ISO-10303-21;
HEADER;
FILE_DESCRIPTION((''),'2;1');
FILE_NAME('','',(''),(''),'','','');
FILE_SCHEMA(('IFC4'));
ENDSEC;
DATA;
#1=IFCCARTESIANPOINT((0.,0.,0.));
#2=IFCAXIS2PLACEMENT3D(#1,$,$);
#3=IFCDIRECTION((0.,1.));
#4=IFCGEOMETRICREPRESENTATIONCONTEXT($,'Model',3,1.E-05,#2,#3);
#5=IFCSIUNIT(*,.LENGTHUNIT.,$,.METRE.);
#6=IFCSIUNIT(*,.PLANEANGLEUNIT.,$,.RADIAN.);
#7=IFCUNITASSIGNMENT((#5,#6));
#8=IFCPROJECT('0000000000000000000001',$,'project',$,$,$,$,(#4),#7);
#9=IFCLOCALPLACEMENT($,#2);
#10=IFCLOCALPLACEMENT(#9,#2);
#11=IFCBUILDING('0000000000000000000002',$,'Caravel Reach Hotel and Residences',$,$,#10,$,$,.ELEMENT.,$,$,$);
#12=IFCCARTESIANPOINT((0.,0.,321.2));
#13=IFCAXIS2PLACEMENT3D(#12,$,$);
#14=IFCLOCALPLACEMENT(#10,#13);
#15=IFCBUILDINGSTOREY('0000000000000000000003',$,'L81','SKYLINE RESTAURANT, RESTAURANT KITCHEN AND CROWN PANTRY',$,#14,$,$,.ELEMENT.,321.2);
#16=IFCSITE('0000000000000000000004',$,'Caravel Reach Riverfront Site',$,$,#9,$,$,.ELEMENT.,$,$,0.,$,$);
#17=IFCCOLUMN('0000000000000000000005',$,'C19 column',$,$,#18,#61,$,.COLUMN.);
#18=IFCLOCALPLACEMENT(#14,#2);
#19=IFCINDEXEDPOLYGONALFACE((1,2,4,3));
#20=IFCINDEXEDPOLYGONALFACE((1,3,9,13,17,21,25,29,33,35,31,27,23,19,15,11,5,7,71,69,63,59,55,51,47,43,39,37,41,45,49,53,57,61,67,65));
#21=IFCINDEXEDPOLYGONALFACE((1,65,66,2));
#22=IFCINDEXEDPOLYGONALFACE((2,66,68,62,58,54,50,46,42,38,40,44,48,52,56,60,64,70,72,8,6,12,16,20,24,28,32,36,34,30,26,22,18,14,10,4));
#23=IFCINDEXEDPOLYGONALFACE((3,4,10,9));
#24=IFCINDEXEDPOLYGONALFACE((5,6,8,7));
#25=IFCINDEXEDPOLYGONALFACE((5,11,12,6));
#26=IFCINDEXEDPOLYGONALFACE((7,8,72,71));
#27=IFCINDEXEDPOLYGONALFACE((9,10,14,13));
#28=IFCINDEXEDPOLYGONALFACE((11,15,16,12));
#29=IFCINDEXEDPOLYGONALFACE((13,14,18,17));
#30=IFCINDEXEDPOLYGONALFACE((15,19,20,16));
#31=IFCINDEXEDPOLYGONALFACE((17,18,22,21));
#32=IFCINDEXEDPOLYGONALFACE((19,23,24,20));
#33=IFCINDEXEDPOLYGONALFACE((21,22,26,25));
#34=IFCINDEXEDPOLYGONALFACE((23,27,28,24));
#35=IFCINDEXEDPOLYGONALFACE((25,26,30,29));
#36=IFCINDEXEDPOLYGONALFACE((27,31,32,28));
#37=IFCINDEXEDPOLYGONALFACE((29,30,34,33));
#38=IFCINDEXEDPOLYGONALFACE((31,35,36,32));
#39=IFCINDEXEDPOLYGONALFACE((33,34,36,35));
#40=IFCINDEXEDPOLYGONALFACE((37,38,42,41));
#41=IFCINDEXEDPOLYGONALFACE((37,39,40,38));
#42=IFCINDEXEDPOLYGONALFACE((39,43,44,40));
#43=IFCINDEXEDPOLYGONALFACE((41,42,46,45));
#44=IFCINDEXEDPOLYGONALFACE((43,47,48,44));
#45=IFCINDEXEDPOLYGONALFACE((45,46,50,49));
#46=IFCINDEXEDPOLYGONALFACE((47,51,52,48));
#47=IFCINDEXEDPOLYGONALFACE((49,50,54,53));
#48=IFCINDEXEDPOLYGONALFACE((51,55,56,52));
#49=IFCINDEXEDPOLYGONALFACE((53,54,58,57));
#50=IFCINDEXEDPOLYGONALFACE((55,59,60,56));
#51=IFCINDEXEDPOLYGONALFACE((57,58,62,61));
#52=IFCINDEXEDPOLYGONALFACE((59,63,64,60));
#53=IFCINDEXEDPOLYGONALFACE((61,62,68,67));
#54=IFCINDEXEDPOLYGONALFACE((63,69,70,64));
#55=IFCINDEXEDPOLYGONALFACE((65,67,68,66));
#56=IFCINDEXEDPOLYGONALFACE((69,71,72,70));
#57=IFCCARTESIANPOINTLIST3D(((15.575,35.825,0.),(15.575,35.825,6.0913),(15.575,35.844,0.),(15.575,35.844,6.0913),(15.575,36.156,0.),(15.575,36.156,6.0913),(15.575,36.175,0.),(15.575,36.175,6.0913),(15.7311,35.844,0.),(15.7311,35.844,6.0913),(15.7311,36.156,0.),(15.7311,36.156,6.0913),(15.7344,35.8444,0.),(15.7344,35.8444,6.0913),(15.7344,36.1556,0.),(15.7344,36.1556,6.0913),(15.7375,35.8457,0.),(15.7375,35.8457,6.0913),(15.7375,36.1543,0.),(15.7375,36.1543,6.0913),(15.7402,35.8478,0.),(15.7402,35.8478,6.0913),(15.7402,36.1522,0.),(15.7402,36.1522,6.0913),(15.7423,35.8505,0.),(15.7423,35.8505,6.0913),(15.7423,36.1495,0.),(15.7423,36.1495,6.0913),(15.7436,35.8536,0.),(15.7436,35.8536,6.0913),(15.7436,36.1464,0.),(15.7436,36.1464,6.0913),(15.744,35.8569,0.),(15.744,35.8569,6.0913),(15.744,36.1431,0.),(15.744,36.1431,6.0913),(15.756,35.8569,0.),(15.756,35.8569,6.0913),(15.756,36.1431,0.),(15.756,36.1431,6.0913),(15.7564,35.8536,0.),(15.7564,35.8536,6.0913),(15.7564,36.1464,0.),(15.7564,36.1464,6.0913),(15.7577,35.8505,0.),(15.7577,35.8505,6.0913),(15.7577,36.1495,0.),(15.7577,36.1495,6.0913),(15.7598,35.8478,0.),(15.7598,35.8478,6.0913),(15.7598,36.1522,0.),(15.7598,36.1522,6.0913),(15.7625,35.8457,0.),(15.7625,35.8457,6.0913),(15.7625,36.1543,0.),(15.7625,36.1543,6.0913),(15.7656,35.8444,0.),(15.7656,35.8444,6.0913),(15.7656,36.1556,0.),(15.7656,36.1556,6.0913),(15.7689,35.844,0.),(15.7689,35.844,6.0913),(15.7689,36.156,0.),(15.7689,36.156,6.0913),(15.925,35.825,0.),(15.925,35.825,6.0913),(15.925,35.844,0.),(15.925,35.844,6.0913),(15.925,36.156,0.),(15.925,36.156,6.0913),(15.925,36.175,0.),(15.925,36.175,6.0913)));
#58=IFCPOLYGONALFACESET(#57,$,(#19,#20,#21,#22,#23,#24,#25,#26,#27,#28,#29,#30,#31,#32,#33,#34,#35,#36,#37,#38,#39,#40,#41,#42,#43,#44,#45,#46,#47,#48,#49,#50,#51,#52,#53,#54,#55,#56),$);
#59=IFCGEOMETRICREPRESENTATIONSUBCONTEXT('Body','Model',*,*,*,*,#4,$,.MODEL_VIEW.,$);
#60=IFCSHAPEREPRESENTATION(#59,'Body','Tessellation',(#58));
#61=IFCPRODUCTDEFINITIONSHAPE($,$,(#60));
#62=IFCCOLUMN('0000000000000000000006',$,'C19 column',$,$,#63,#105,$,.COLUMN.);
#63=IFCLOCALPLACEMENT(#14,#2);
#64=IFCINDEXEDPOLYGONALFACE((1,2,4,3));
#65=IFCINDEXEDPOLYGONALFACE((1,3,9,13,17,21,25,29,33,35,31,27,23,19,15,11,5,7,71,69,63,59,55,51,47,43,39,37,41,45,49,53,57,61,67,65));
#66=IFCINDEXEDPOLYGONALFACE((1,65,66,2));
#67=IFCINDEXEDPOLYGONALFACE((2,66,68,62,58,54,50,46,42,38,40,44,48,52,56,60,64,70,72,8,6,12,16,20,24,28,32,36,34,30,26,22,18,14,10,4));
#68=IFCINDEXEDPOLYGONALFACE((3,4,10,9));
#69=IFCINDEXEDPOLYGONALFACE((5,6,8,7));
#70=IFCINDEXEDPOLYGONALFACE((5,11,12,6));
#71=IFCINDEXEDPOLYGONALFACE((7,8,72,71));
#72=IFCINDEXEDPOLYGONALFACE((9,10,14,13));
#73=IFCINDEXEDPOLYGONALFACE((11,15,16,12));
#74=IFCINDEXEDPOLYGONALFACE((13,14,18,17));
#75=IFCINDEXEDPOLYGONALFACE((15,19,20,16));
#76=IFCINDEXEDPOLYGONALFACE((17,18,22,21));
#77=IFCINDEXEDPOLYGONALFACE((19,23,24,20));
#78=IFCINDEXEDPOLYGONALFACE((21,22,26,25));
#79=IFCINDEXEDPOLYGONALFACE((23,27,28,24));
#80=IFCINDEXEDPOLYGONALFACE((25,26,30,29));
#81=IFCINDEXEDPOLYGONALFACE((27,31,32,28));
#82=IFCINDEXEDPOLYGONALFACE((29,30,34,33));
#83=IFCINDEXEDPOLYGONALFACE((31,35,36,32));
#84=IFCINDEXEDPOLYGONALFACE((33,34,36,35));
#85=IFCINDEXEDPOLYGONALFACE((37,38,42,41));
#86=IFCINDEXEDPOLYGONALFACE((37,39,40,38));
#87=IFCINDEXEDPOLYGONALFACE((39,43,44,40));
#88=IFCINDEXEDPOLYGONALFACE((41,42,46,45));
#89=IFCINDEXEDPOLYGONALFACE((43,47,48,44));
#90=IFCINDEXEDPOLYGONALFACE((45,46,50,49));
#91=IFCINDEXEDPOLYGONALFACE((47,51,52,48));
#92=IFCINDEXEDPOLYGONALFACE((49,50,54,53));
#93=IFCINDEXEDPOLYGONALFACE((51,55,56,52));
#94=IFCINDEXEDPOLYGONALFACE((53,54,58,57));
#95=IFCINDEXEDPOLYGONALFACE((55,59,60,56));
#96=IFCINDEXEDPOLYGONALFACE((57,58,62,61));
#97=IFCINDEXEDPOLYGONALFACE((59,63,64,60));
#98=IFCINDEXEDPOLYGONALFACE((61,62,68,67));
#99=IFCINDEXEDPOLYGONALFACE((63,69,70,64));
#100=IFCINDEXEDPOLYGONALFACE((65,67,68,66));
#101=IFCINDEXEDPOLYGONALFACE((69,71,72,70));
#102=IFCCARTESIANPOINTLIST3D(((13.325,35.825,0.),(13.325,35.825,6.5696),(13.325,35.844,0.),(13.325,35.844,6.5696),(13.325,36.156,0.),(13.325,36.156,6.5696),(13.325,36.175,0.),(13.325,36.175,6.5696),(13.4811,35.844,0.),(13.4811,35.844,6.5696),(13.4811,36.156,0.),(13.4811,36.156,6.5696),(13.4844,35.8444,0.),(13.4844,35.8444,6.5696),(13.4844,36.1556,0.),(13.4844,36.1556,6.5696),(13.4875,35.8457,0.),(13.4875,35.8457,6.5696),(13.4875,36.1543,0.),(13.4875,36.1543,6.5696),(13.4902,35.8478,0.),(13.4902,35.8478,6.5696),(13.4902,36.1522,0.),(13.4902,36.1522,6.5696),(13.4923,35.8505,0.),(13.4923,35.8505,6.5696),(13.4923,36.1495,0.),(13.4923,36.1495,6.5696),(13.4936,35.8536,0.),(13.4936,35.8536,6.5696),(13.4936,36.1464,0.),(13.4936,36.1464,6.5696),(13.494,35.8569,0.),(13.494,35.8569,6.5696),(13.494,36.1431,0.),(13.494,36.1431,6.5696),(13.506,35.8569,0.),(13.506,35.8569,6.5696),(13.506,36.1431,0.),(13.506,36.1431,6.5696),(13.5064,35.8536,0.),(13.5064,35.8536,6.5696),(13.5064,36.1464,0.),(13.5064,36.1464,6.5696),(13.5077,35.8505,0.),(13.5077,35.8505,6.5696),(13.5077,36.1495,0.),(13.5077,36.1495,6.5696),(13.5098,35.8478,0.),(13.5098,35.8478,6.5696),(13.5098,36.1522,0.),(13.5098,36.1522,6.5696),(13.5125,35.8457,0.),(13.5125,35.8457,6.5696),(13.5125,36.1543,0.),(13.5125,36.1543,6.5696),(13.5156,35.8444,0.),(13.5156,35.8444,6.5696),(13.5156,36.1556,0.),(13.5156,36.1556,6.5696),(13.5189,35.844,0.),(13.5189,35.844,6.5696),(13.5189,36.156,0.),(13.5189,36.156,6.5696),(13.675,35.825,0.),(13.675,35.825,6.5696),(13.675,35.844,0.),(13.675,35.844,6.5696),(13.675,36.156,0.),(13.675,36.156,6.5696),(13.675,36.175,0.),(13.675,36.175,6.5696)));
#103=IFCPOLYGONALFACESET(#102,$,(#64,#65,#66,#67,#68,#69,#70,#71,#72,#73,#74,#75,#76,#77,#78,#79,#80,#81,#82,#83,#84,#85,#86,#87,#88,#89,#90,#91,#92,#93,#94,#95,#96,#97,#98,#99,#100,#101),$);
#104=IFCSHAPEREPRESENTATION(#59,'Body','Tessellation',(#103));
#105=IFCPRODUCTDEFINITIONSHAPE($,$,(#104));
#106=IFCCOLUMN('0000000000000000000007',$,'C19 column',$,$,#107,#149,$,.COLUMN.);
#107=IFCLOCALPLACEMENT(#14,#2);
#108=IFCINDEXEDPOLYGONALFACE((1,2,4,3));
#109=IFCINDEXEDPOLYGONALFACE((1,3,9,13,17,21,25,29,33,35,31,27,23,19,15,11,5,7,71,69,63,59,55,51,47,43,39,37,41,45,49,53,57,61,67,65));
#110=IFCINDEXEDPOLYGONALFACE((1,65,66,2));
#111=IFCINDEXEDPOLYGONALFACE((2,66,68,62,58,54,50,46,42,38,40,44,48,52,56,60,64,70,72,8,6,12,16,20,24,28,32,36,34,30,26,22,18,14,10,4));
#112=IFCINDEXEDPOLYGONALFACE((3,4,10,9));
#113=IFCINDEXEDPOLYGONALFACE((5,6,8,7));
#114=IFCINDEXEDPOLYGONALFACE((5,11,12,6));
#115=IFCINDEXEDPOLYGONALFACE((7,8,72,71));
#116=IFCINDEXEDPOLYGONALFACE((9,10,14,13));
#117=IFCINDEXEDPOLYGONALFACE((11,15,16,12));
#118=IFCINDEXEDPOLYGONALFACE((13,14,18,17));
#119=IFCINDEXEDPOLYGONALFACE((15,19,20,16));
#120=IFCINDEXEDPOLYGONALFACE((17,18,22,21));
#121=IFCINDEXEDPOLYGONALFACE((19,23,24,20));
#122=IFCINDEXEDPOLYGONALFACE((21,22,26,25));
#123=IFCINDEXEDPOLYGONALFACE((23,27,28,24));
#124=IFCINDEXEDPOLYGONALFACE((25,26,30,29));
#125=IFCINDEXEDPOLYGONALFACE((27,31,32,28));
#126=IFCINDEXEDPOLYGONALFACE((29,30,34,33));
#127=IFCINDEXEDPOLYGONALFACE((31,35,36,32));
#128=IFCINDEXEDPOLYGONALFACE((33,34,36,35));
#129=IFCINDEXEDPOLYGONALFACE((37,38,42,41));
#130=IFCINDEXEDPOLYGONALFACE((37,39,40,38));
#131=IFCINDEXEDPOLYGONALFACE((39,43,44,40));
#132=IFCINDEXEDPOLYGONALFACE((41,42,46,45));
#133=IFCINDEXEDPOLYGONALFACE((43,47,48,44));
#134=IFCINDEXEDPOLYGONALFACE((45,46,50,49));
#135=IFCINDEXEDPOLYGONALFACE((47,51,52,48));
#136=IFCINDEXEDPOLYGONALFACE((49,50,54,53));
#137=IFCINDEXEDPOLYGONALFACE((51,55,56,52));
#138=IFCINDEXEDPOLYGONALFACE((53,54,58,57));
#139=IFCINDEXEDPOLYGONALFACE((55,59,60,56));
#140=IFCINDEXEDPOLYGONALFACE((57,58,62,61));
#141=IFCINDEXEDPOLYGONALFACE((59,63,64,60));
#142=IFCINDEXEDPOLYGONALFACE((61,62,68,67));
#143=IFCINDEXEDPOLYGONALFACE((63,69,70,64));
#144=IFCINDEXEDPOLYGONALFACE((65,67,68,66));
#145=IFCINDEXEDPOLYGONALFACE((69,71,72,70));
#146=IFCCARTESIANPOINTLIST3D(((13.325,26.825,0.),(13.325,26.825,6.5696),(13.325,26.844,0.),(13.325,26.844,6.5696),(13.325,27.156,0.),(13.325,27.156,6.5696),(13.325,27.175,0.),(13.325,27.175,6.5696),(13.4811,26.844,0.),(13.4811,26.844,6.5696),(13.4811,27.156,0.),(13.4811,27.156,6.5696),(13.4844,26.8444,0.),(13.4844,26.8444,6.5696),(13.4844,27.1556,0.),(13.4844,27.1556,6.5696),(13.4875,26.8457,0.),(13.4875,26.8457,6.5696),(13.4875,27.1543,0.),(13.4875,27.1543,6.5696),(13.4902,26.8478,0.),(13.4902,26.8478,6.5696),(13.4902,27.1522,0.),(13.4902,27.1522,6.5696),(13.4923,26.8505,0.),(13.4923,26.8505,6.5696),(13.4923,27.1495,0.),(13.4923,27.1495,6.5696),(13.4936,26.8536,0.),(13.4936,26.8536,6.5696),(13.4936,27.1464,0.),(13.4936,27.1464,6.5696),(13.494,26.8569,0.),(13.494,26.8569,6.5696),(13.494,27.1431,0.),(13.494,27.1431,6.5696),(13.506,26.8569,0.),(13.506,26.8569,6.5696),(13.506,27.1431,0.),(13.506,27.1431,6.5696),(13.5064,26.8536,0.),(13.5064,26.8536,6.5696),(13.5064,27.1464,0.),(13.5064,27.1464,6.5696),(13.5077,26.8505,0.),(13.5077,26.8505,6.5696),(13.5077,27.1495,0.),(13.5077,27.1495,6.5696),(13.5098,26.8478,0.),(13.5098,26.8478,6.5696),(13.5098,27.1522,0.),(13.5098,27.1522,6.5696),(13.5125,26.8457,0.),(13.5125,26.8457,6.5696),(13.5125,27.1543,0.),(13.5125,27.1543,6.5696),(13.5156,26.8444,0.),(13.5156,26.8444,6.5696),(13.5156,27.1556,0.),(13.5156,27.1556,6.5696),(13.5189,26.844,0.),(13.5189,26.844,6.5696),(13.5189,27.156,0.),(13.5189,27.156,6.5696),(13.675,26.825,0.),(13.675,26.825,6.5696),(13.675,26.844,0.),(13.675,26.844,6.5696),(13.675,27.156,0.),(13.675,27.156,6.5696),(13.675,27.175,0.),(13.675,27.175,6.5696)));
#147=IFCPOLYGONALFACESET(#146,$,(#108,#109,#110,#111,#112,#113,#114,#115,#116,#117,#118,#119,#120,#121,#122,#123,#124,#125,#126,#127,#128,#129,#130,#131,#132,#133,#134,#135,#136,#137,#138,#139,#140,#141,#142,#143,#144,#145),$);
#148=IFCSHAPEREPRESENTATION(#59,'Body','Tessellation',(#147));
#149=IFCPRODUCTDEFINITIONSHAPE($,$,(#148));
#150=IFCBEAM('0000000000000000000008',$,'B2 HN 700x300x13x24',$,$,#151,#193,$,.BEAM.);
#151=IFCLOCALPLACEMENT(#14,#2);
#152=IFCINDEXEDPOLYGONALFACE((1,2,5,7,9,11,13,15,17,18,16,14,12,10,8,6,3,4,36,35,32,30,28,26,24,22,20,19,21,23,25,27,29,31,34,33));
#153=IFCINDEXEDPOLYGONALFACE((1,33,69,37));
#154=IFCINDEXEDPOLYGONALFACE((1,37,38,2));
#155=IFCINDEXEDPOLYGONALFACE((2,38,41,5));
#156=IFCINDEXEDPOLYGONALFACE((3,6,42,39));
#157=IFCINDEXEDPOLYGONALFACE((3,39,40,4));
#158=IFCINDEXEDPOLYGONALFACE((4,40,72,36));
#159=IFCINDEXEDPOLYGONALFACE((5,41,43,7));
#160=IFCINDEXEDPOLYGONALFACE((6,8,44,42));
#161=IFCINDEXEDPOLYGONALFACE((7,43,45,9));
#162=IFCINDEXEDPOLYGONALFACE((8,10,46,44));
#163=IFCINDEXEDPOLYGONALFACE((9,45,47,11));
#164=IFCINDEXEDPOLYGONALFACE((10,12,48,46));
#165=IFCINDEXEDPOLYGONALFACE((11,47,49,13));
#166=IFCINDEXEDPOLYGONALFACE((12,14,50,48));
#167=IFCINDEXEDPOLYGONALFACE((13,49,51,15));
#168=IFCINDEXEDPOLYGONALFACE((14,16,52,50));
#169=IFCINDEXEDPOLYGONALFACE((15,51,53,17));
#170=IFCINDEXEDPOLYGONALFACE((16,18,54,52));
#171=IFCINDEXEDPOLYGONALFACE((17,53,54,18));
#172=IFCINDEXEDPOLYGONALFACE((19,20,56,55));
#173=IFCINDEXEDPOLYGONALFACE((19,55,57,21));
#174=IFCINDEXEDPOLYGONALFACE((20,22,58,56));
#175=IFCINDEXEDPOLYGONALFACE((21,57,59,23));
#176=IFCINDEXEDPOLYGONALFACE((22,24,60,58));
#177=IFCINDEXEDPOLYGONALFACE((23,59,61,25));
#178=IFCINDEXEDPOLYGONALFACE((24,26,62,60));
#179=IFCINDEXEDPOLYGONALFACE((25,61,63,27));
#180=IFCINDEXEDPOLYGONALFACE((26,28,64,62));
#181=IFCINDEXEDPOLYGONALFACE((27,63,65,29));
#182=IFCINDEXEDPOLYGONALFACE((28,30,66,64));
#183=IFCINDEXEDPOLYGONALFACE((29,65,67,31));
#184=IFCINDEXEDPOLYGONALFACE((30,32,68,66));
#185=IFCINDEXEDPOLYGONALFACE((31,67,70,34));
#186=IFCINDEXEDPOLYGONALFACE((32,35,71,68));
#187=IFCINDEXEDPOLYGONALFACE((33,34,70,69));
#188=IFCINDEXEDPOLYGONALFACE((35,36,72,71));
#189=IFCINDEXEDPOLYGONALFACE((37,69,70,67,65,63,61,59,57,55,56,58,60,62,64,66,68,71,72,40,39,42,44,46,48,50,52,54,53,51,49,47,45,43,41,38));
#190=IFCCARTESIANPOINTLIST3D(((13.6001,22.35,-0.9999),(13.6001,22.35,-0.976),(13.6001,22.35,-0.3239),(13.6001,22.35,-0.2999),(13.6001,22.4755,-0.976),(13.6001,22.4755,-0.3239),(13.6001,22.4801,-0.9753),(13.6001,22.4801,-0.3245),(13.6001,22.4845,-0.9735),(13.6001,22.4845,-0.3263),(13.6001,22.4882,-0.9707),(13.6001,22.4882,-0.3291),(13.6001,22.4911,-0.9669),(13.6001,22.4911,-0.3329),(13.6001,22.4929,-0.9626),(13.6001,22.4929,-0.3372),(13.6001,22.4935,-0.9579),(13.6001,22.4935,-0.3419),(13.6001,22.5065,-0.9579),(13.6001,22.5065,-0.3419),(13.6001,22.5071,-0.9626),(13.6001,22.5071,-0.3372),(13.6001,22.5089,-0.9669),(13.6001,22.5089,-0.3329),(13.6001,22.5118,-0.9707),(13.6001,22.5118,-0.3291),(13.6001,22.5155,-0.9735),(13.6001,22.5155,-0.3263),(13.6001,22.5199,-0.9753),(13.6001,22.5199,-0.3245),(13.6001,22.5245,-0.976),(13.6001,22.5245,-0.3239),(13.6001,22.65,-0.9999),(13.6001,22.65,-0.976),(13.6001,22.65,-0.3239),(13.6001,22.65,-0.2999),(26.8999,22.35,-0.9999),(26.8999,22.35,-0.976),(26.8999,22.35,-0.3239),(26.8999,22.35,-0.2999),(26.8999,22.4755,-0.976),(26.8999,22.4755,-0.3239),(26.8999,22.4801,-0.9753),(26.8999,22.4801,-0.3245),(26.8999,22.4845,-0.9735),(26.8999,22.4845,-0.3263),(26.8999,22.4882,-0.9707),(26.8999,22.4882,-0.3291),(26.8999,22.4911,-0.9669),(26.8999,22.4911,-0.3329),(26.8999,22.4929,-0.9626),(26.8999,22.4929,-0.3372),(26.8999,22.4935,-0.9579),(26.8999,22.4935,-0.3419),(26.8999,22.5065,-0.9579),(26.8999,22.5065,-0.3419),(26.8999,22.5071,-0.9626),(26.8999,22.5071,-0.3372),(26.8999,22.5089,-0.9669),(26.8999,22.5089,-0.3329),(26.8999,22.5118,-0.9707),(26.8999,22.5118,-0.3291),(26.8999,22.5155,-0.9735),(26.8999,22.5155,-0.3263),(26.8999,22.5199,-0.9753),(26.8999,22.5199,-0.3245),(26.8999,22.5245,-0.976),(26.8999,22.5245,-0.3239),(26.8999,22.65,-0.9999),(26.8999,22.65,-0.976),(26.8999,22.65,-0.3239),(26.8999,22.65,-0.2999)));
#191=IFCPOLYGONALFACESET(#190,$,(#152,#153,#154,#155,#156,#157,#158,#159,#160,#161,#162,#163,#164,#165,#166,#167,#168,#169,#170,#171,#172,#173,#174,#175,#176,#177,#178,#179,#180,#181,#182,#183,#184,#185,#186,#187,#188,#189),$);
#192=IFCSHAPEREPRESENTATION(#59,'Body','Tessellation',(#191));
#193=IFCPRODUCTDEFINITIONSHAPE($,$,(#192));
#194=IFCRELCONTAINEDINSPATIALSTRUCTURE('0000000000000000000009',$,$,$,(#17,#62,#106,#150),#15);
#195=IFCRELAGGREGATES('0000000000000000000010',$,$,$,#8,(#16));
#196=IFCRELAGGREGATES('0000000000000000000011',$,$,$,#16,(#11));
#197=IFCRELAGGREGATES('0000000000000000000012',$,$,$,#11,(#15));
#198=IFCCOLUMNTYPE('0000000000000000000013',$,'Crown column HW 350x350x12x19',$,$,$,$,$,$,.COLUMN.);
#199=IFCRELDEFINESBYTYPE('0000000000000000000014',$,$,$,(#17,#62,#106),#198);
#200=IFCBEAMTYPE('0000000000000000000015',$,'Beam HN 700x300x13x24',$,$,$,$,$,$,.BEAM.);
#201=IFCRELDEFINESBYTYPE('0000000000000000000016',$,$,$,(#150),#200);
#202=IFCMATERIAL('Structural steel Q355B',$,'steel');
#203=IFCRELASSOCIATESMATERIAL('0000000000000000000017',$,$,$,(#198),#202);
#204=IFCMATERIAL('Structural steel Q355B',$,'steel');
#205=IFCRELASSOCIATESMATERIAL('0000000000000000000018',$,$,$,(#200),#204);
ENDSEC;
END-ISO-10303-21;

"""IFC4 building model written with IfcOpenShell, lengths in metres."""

from ifc_helpers import new_model, si_unit, direction, frame, origin, origin_2d, place, context, subcontext, project, spatial, i_section, extrude, material, material_profile, profile_set, type_object, element, save


model = new_model("IFC4")

# Units and contexts
model_context = context("Model", 3, precision=1e-05, world=origin(), true_north=direction((0.0, 1.0)))
body_context = subcontext(model_context, "Body", "Model", "MODEL_VIEW")
ifc_project = project(units=[si_unit("LENGTHUNIT", "METRE"), si_unit("PLANEANGLEUNIT", "RADIAN")], contexts=[model_context])

# Site, building, storey
site_placement = place(None, origin())
site = spatial("IfcSite", under=ifc_project, at=site_placement, Name="Caravel Reach Riverfront Site", CompositionType="ELEMENT", RefElevation=0.0)
building_placement = place(site_placement, origin())
building = spatial("IfcBuilding", under=site, at=building_placement, Name="Caravel Reach Hotel and Residences", CompositionType="ELEMENT")
storey_placement = place(building_placement, frame((0.0, 0.0, 321.2)))
storey = spatial("IfcBuildingStorey", under=building, at=storey_placement, Name="L81", Description="SKYLINE RESTAURANT, RESTAURANT KITCHEN AND CROWN PANTRY", CompositionType="ELEMENT", Elevation=321.2)

# Columns
ifc_material_1 = material(Name="Structural steel Q355B", Category="steel")
ifc_material_profile_1 = material_profile(ifc_material_1, i_section(OverallWidth=0.3501, OverallDepth=0.3501, WebThickness=0.012, FlangeThickness=0.019, FilletRadius=0.0129, at=origin_2d()), Name="HW 350x350x12x19")
ifc_profile_set_1 = profile_set([ifc_material_profile_1], Name="Structural steel Q355B")
column_type = type_object("IfcColumnType", Name="Crown column HW 350x350x12x19", PredefinedType="COLUMN", material=ifc_profile_set_1)
column_placement = place(storey_placement, frame((15.75, 36.0, 0.0), z_axis=(0.0, 0.0, 1.0), x_axis=(1.0, 0.0, 0.0)))
element("IfcColumn", 1, at=column_placement, inside=storey, type_object=column_type, Name="C19 column", PredefinedType="COLUMN", context=body_context, shape_type="SweptSolid", body=[
    extrude(i_section(OverallWidth=0.3501, OverallDepth=0.3501, WebThickness=0.012, FlangeThickness=0.019, FilletRadius=0.0129, at=origin_2d()), origin(), (0.0, 0.0, 1.0), 6.0913),
])
for number, where, z_axis, x_axis, name in (
    (2, (13.5, 36.0, 0.0), (0.0, 0.0, 1.0), (1.0, 0.0, 0.0), "C19 column"),
    (3, (13.5, 27.0, 0.0), (0.0, 0.0, 1.0), (1.0, 0.0, 0.0), "C19 column"),
):
    element("IfcColumn", number, at=place(storey_placement, frame(where, z_axis=z_axis, x_axis=x_axis)), inside=storey, type_object=column_type, Name=name, PredefinedType="COLUMN", context=body_context, shape_type="SweptSolid", body=[
        extrude(i_section(OverallWidth=0.3501, OverallDepth=0.3501, WebThickness=0.012, FlangeThickness=0.019, FilletRadius=0.0129, at=origin_2d()), origin(), (0.0, 0.0, 1.0), 6.5696),
    ])

# Beam
ifc_material_2 = material(Name="Structural steel Q355B", Category="steel")
ifc_material_profile_2 = material_profile(ifc_material_2, i_section(OverallWidth=0.3, OverallDepth=0.7, WebThickness=0.0129, FlangeThickness=0.0239, FilletRadius=0.0181, at=origin_2d()), Name="HN 700x300x13x24")
ifc_profile_set_2 = profile_set([ifc_material_profile_2], Name="Structural steel Q355B")
beam_type_1 = type_object("IfcBeamType", Name="Beam HN 700x300x13x24", PredefinedType="BEAM", material=ifc_profile_set_2)
for number, where, z_axis, x_axis, name in (
    (4, (13.6001, 22.5, -0.6499), (1.0, 0.0, 0.0), (0.0, 1.0, 0.0), "B2 HN 700x300x13x24"),
):
    element("IfcBeam", number, at=place(storey_placement, frame(where, z_axis=z_axis, x_axis=x_axis)), inside=storey, type_object=beam_type_1, Name=name, PredefinedType="BEAM", context=body_context, shape_type="SweptSolid", body=[
        extrude(i_section(OverallWidth=0.3, OverallDepth=0.7, WebThickness=0.0129, FlangeThickness=0.0239, FilletRadius=0.0181, at=origin_2d()), origin(), (0.0, 0.0, 1.0), 13.2998),
    ])

save(model, "model.ifc")
